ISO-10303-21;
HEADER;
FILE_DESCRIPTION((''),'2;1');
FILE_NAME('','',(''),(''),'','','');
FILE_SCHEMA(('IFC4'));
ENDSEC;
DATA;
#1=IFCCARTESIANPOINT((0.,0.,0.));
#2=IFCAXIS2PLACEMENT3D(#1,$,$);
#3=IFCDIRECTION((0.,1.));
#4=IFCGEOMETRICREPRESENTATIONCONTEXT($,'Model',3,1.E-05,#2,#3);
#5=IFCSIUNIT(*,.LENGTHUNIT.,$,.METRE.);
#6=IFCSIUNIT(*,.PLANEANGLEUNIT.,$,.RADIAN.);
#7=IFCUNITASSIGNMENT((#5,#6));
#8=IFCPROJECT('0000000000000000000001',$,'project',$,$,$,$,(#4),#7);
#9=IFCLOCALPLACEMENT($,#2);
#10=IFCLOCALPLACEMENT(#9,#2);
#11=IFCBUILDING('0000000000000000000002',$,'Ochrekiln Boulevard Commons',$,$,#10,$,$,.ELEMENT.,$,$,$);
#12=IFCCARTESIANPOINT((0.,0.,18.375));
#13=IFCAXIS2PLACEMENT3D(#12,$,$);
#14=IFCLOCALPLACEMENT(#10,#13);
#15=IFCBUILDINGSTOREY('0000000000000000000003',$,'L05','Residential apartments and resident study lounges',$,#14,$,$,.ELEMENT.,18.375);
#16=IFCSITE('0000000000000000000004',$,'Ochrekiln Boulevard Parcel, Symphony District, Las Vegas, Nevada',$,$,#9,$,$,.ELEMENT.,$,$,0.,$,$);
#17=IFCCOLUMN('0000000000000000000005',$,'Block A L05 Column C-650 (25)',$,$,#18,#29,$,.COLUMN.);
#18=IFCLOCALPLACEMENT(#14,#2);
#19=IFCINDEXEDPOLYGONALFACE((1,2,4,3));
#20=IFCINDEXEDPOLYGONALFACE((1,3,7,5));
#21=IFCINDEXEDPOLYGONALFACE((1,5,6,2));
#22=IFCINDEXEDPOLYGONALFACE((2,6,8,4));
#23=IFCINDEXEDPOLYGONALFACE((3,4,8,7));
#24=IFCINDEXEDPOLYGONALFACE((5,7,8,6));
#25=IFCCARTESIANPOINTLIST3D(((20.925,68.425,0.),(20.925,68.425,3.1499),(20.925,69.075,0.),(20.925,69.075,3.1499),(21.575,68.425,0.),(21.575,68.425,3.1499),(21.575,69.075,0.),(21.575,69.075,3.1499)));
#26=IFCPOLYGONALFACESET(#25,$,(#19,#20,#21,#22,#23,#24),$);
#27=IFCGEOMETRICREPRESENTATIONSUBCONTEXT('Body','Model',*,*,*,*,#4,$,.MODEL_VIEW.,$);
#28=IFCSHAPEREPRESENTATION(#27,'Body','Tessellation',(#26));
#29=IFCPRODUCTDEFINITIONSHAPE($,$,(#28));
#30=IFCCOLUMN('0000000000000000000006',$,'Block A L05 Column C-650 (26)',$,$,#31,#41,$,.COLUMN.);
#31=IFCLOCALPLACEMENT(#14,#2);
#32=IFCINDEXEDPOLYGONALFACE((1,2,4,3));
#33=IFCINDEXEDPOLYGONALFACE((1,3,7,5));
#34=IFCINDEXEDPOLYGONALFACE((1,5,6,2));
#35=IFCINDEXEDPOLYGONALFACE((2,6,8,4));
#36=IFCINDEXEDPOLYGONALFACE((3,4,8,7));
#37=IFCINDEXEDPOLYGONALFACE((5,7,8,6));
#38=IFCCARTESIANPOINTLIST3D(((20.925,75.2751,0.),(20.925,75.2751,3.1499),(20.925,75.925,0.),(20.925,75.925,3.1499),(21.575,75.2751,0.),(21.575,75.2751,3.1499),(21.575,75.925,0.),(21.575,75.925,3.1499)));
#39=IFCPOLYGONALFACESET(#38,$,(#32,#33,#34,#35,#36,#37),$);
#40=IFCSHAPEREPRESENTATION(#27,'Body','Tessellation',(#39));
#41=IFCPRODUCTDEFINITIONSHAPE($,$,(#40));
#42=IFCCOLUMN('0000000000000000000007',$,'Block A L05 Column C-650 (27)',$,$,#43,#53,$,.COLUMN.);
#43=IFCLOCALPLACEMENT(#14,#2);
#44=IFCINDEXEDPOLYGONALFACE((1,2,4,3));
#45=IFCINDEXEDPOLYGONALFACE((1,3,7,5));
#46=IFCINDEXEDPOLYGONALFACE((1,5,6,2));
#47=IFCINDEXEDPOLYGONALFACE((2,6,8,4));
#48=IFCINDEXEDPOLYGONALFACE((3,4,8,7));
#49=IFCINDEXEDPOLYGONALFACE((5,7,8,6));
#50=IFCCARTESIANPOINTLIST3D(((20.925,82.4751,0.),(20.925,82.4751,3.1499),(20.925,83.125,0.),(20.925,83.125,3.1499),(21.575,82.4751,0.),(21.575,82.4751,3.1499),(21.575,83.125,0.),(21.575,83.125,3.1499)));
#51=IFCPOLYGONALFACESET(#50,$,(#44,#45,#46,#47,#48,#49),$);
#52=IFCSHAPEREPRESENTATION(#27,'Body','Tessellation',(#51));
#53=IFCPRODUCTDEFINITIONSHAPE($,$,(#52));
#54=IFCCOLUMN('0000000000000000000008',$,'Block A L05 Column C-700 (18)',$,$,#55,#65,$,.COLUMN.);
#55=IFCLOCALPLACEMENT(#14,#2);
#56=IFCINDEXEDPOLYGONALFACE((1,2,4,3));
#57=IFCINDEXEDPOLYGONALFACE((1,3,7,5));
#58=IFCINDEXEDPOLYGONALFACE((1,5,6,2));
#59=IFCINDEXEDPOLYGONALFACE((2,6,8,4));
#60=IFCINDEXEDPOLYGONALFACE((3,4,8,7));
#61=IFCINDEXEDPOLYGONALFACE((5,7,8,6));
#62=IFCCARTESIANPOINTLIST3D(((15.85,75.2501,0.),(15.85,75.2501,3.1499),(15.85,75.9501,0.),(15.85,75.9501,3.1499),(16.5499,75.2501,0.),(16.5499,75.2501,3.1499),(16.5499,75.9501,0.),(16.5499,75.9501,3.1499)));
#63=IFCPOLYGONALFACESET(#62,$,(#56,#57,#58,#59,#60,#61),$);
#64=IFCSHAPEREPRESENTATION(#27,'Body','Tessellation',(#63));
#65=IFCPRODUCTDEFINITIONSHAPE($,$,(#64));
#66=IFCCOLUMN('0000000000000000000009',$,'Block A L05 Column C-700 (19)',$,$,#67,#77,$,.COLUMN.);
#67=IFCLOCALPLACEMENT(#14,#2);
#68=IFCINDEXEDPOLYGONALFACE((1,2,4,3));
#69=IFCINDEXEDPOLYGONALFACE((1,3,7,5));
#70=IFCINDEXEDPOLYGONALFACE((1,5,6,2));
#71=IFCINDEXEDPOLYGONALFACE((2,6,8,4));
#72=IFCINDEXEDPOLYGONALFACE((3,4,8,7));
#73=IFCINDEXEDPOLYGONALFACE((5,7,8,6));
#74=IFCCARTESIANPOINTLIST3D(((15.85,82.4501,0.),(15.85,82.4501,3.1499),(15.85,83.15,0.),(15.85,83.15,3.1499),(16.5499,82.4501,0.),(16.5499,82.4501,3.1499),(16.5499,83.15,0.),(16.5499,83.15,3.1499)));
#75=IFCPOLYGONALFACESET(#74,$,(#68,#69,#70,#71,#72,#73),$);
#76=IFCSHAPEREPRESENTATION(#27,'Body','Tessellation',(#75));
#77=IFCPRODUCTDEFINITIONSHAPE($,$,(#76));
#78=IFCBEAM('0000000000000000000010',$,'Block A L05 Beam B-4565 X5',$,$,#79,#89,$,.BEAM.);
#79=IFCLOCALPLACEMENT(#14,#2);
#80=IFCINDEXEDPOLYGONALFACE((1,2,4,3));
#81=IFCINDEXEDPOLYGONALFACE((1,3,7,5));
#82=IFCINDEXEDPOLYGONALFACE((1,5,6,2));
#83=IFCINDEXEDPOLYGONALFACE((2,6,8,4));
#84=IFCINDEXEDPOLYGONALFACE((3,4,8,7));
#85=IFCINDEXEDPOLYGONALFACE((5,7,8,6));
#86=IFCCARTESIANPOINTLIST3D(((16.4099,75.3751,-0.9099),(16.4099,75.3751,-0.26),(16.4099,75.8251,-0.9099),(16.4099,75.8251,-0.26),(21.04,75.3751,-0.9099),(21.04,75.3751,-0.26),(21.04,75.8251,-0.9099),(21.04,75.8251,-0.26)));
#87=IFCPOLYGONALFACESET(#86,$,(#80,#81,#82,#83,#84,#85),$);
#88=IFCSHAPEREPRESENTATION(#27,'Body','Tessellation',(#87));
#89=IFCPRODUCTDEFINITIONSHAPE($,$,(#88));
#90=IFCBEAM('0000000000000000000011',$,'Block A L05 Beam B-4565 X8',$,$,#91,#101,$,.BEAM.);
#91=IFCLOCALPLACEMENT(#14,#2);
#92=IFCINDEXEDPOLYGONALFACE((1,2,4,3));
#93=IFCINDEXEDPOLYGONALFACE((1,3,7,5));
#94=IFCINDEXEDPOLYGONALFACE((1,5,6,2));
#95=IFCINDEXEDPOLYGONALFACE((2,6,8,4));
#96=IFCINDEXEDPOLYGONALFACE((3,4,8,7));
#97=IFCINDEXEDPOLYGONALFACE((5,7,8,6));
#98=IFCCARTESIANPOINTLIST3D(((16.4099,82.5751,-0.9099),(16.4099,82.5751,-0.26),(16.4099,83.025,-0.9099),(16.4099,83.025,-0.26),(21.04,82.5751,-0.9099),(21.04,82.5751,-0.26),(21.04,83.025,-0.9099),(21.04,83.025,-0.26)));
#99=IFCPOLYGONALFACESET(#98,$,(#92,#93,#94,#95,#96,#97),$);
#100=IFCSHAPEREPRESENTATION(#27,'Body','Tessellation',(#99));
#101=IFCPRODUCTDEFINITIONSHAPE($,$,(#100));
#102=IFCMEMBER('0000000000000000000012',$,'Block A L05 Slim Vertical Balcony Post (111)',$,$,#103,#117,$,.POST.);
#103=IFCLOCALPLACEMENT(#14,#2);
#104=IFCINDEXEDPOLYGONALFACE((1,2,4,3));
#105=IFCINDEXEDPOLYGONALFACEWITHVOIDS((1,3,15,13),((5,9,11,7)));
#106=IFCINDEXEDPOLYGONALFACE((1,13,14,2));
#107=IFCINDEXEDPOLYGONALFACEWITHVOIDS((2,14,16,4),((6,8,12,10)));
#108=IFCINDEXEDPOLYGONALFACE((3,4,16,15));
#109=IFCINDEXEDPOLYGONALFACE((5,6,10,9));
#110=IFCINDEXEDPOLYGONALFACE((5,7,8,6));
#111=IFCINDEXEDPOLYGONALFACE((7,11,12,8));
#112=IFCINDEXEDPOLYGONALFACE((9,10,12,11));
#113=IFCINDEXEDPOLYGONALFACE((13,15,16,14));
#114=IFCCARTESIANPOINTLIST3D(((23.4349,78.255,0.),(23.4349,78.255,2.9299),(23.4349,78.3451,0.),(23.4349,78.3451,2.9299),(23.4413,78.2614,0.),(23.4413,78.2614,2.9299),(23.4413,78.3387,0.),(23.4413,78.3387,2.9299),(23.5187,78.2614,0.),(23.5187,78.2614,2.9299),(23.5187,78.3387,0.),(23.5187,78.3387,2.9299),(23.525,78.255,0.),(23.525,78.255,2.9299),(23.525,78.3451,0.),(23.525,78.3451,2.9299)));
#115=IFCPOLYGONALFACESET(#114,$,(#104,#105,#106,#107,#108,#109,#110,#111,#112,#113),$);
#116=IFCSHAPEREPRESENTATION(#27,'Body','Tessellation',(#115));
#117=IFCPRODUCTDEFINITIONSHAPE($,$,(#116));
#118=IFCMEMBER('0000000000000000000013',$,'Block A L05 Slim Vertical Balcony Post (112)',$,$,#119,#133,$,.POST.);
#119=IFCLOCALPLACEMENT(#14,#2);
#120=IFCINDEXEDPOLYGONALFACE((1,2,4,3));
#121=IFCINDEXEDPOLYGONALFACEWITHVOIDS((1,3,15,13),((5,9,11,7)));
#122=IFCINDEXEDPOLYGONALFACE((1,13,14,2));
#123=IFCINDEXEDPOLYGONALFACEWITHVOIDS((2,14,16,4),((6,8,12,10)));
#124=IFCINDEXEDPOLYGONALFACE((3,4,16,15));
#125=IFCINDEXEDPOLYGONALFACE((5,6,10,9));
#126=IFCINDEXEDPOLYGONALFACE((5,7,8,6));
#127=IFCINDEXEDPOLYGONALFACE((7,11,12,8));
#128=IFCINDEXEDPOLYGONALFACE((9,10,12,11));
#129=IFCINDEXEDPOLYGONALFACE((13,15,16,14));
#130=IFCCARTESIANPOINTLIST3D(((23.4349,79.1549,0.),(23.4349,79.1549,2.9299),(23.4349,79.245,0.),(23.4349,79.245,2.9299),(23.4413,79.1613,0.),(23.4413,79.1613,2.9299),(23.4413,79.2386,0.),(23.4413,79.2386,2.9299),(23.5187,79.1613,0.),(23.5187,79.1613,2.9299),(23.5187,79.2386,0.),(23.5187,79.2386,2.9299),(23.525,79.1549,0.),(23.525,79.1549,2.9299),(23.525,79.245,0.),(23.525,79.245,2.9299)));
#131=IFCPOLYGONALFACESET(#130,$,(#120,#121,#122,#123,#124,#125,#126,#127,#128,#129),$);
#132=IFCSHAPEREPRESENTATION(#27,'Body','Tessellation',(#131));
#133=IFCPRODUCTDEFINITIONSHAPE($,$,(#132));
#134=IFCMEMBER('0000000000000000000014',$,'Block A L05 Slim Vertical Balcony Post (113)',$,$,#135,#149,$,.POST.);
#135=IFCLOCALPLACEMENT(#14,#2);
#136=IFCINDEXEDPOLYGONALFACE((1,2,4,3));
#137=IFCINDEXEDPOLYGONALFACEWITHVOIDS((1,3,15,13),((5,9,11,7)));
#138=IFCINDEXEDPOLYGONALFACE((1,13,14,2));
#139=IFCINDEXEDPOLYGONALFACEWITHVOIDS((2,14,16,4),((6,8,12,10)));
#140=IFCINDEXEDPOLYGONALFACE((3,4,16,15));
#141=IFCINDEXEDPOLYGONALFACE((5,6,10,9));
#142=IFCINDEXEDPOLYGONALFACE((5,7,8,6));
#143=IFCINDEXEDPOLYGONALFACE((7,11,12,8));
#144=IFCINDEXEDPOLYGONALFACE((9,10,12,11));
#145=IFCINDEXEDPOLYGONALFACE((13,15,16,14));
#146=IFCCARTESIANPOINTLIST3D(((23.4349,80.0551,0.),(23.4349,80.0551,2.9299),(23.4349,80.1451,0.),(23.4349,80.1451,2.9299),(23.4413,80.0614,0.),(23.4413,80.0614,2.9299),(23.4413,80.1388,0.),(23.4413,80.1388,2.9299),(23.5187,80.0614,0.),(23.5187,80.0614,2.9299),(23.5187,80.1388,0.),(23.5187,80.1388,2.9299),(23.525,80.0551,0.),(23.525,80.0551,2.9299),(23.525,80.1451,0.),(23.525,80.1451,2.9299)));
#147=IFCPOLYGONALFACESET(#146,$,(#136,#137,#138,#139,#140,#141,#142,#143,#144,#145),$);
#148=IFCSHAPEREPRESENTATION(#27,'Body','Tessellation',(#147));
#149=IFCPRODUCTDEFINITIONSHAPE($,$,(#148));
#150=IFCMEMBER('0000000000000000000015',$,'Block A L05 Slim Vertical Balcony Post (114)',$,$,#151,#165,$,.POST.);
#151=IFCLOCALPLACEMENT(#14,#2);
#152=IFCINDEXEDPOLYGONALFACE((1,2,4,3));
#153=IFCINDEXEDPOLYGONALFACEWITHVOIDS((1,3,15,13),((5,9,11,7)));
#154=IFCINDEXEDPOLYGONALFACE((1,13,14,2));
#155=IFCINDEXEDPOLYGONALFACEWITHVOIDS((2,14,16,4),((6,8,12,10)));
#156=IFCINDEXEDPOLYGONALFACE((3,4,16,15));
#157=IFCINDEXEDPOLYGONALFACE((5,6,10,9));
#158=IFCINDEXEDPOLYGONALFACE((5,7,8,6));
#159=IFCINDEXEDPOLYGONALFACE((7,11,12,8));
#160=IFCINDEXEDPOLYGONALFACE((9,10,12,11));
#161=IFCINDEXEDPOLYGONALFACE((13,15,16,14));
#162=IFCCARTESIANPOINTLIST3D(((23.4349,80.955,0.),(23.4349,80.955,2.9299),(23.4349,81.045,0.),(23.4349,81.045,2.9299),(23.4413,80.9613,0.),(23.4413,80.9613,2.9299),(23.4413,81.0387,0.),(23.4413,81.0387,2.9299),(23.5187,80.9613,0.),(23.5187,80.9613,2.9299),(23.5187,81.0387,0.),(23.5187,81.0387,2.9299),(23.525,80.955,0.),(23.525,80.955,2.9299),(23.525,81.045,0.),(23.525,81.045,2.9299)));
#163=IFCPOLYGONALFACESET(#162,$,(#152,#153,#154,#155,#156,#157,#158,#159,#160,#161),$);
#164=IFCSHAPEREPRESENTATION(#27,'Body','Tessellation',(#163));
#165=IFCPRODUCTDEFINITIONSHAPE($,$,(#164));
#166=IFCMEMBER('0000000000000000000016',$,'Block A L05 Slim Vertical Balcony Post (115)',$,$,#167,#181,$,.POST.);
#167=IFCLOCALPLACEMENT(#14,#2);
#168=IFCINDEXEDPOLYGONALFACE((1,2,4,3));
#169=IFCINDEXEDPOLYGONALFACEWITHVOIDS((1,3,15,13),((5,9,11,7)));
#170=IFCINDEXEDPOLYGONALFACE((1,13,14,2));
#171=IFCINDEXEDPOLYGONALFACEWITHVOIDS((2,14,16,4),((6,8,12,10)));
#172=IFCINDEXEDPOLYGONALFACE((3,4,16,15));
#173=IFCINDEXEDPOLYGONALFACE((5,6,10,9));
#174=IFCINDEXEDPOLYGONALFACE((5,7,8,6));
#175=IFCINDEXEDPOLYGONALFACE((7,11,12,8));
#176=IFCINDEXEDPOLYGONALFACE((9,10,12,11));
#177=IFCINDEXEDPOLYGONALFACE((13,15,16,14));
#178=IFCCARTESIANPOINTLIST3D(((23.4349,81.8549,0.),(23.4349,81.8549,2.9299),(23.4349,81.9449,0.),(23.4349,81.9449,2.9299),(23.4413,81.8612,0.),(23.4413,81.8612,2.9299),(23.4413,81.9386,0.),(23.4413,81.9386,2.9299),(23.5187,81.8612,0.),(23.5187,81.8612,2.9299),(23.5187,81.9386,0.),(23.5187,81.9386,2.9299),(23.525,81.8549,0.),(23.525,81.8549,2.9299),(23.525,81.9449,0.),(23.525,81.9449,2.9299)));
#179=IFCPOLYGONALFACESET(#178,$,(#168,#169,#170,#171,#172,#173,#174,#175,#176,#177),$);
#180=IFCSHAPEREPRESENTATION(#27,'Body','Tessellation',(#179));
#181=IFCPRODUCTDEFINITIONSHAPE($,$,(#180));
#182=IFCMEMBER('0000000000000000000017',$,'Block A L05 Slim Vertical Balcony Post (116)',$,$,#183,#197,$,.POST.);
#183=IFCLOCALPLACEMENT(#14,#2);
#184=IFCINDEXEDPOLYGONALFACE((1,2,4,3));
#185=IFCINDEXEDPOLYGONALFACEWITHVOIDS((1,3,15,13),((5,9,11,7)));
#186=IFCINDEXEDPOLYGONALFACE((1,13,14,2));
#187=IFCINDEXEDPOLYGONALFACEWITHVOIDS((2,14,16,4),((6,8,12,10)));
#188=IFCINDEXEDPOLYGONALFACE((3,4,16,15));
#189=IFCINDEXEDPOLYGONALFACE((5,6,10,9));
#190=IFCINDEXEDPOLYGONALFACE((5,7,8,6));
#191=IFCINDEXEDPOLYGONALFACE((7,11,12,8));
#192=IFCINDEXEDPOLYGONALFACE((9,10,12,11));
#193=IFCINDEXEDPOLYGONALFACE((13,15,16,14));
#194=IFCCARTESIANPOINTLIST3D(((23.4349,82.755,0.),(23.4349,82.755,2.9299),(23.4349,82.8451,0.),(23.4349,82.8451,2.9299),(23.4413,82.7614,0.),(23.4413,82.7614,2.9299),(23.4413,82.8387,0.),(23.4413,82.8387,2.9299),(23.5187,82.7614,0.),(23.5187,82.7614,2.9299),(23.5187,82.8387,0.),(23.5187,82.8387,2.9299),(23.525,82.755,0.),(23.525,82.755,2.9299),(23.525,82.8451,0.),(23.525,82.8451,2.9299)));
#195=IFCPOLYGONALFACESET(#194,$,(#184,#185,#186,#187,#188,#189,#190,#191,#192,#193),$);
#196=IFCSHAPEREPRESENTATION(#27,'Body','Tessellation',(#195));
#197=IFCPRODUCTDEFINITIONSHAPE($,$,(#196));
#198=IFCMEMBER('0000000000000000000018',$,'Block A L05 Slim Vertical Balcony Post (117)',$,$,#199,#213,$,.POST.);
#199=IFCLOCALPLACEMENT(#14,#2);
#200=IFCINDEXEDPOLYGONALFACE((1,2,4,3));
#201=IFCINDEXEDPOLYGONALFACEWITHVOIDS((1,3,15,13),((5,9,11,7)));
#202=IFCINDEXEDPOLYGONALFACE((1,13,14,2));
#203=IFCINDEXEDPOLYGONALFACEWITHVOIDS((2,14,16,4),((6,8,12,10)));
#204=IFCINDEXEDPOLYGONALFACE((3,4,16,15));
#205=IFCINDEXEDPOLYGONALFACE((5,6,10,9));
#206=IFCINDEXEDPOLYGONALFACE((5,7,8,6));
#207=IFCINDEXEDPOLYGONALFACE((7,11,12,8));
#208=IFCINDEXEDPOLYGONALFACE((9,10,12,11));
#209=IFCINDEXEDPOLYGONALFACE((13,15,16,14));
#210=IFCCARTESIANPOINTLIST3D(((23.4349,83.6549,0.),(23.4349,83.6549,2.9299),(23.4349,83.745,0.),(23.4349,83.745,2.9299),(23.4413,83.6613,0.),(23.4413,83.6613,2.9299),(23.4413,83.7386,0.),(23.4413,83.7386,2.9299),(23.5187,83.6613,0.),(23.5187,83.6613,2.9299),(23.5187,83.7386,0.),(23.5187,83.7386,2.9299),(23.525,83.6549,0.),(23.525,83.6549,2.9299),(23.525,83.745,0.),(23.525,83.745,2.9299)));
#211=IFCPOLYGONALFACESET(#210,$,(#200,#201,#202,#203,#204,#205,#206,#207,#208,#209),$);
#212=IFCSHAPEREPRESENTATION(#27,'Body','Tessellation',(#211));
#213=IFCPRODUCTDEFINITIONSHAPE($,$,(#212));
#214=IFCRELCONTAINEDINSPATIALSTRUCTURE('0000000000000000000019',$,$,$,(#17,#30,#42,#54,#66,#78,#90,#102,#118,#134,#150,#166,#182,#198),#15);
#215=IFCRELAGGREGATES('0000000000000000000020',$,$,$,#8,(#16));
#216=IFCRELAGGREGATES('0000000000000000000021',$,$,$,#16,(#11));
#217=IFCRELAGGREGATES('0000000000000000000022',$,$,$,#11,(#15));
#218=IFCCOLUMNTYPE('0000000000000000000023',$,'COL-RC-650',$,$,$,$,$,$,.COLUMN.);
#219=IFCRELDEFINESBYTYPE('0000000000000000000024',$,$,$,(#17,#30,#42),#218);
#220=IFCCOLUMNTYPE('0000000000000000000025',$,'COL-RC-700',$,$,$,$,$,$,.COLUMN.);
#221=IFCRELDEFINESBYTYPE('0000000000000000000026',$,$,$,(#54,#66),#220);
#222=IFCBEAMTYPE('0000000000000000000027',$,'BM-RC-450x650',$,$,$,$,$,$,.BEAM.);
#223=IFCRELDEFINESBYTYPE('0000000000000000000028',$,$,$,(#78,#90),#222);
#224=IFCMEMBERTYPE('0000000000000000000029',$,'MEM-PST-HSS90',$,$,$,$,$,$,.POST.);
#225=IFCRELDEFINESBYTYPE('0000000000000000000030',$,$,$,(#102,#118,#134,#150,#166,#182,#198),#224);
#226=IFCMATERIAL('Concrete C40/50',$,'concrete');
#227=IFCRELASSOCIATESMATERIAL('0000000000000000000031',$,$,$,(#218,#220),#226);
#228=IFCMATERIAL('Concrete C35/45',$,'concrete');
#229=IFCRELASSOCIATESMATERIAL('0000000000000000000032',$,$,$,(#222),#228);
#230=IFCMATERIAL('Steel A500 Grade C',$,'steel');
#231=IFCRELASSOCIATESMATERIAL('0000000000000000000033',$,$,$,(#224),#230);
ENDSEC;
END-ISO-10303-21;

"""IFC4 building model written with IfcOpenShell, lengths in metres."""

from ifc_helpers import new_model, si_unit, direction, frame, origin, origin_2d, place, context, subcontext, project, spatial, rectangle, hollow_rectangle, extrude, material, material_profile, profile_set, type_object, element, save


model = new_model("IFC4")

# Units and contexts
model_context = context("Model", 3, precision=1e-05, world=origin(), true_north=direction((0.0, 1.0)))
body_context = subcontext(model_context, "Body", "Model", "MODEL_VIEW")
ifc_project = project(units=[si_unit("LENGTHUNIT", "METRE"), si_unit("PLANEANGLEUNIT", "RADIAN")], contexts=[model_context])

# Site, building, storey
site_placement = place(None, origin())
site = spatial("IfcSite", under=ifc_project, at=site_placement, Name="Ochrekiln Boulevard Parcel, Symphony District, Las Vegas, Nevada", CompositionType="ELEMENT", RefElevation=0.0)
building_placement = place(site_placement, origin())
building = spatial("IfcBuilding", under=site, at=building_placement, Name="Ochrekiln Boulevard Commons", CompositionType="ELEMENT")
storey_placement = place(building_placement, frame((0.0, 0.0, 18.375)))
storey = spatial("IfcBuildingStorey", under=building, at=storey_placement, Name="L05", Description="Residential apartments and resident study lounges", CompositionType="ELEMENT", Elevation=18.375)

# Columns
ifc_material_1 = material(Name="Concrete C40/50", Category="concrete")
ifc_material_profile_1 = material_profile(ifc_material_1, rectangle(XDim=0.6499, YDim=0.6499, at=origin_2d()), Name="RC-COL-650x650")
ifc_profile_set_1 = profile_set([ifc_material_profile_1], Name="Concrete C40/50")
column_type_1 = type_object("IfcColumnType", Name="COL-RC-650", PredefinedType="COLUMN", material=ifc_profile_set_1)
for number, where, z_axis, x_axis, name in (
    (1, (21.25, 68.75, 0.0), (0.0, 0.0, 1.0), (1.0, 0.0, 0.0), "Block A L05 Column C-650 (25)"),
    (2, (21.25, 75.6001, 0.0), (0.0, 0.0, 1.0), (1.0, 0.0, 0.0), "Block A L05 Column C-650 (26)"),
    (3, (21.25, 82.8, 0.0), (0.0, 0.0, 1.0), (1.0, 0.0, 0.0), "Block A L05 Column C-650 (27)"),
):
    element("IfcColumn", number, at=place(storey_placement, frame(where, z_axis=z_axis, x_axis=x_axis)), inside=storey, type_object=column_type_1, Name=name, PredefinedType="COLUMN", context=body_context, shape_type="SweptSolid", body=[
        extrude(rectangle(XDim=0.6499, YDim=0.6499, at=origin_2d()), origin(), (0.0, 0.0, 1.0), 3.1499),
    ])
ifc_material_profile_2 = material_profile(ifc_material_1, rectangle(XDim=0.7, YDim=0.7, at=origin_2d()), Name="RC-COL-700x700")
ifc_profile_set_2 = profile_set([ifc_material_profile_2], Name="Concrete C40/50")
column_type_2 = type_object("IfcColumnType", Name="COL-RC-700", PredefinedType="COLUMN", material=ifc_profile_set_2)
for number, where, z_axis, x_axis, name in (
    (4, (16.2, 75.6001, 0.0), (0.0, 0.0, 1.0), (1.0, 0.0, 0.0), "Block A L05 Column C-700 (18)"),
    (5, (16.2, 82.8, 0.0), (0.0, 0.0, 1.0), (1.0, 0.0, 0.0), "Block A L05 Column C-700 (19)"),
):
    element("IfcColumn", number, at=place(storey_placement, frame(where, z_axis=z_axis, x_axis=x_axis)), inside=storey, type_object=column_type_2, Name=name, PredefinedType="COLUMN", context=body_context, shape_type="SweptSolid", body=[
        extrude(rectangle(XDim=0.7, YDim=0.7, at=origin_2d()), origin(), (0.0, 0.0, 1.0), 3.1499),
    ])

# Beams
ifc_material_2 = material(Name="Concrete C35/45", Category="concrete")
ifc_material_profile_3 = material_profile(ifc_material_2, rectangle(XDim=0.45, YDim=0.6499, at=origin_2d()), Name="RC-BM-450x650")
ifc_profile_set_3 = profile_set([ifc_material_profile_3], Name="Concrete C35/45")
beam_type_1 = type_object("IfcBeamType", Name="BM-RC-450x650", PredefinedType="BEAM", material=ifc_profile_set_3)
for number, where, z_axis, x_axis, name in (
    (6, (16.4099, 75.6001, -0.585), (1.0, 0.0, 0.0), (0.0, 1.0, 0.0), "Block A L05 Beam B-4565 X5"),
    (7, (16.4099, 82.8, -0.585), (1.0, 0.0, 0.0), (0.0, 1.0, 0.0), "Block A L05 Beam B-4565 X8"),
):
    element("IfcBeam", number, at=place(storey_placement, frame(where, z_axis=z_axis, x_axis=x_axis)), inside=storey, type_object=beam_type_1, Name=name, PredefinedType="BEAM", context=body_context, shape_type="SweptSolid", body=[
        extrude(rectangle(XDim=0.45, YDim=0.6499, at=origin_2d()), origin(), (0.0, 0.0, 1.0), 4.6301),
    ])

# Members
ifc_material_3 = material(Name="Steel A500 Grade C", Category="steel")
ifc_material_profile_4 = material_profile(ifc_material_3, hollow_rectangle(XDim=0.0901, YDim=0.0901, WallThickness=0.0063, at=origin_2d()), Name="HSS90X90X6.4")
ifc_profile_set_4 = profile_set([ifc_material_profile_4], Name="Steel A500 Grade C")
member_type = type_object("IfcMemberType", Name="MEM-PST-HSS90", PredefinedType="POST", material=ifc_profile_set_4)
for number, where, z_axis, x_axis, name in (
    (8, (23.48, 78.3, 0.0), (0.0, 0.0, 1.0), (1.0, 0.0, 0.0), "Block A L05 Slim Vertical Balcony Post (111)"),
    (9, (23.48, 79.2, 0.0), (0.0, 0.0, 1.0), (1.0, 0.0, 0.0), "Block A L05 Slim Vertical Balcony Post (112)"),
    (10, (23.48, 80.1001, 0.0), (0.0, 0.0, 1.0), (1.0, 0.0, 0.0), "Block A L05 Slim Vertical Balcony Post (113)"),
    (11, (23.48, 81.0, 0.0), (0.0, 0.0, 1.0), (1.0, 0.0, 0.0), "Block A L05 Slim Vertical Balcony Post (114)"),
    (12, (23.48, 81.8999, 0.0), (0.0, 0.0, 1.0), (1.0, 0.0, 0.0), "Block A L05 Slim Vertical Balcony Post (115)"),
    (13, (23.48, 82.8, 0.0), (0.0, 0.0, 1.0), (1.0, 0.0, 0.0), "Block A L05 Slim Vertical Balcony Post (116)"),
    (14, (23.48, 83.7, 0.0), (0.0, 0.0, 1.0), (1.0, 0.0, 0.0), "Block A L05 Slim Vertical Balcony Post (117)"),
):
    element("IfcMember", number, at=place(storey_placement, frame(where, z_axis=z_axis, x_axis=x_axis)), inside=storey, type_object=member_type, Name=name, PredefinedType="POST", context=body_context, shape_type="SweptSolid", body=[
        extrude(hollow_rectangle(XDim=0.0901, YDim=0.0901, WallThickness=0.0063, at=origin_2d()), origin(), (0.0, 0.0, 1.0), 2.9299),
    ])

save(model, "model.ifc")
